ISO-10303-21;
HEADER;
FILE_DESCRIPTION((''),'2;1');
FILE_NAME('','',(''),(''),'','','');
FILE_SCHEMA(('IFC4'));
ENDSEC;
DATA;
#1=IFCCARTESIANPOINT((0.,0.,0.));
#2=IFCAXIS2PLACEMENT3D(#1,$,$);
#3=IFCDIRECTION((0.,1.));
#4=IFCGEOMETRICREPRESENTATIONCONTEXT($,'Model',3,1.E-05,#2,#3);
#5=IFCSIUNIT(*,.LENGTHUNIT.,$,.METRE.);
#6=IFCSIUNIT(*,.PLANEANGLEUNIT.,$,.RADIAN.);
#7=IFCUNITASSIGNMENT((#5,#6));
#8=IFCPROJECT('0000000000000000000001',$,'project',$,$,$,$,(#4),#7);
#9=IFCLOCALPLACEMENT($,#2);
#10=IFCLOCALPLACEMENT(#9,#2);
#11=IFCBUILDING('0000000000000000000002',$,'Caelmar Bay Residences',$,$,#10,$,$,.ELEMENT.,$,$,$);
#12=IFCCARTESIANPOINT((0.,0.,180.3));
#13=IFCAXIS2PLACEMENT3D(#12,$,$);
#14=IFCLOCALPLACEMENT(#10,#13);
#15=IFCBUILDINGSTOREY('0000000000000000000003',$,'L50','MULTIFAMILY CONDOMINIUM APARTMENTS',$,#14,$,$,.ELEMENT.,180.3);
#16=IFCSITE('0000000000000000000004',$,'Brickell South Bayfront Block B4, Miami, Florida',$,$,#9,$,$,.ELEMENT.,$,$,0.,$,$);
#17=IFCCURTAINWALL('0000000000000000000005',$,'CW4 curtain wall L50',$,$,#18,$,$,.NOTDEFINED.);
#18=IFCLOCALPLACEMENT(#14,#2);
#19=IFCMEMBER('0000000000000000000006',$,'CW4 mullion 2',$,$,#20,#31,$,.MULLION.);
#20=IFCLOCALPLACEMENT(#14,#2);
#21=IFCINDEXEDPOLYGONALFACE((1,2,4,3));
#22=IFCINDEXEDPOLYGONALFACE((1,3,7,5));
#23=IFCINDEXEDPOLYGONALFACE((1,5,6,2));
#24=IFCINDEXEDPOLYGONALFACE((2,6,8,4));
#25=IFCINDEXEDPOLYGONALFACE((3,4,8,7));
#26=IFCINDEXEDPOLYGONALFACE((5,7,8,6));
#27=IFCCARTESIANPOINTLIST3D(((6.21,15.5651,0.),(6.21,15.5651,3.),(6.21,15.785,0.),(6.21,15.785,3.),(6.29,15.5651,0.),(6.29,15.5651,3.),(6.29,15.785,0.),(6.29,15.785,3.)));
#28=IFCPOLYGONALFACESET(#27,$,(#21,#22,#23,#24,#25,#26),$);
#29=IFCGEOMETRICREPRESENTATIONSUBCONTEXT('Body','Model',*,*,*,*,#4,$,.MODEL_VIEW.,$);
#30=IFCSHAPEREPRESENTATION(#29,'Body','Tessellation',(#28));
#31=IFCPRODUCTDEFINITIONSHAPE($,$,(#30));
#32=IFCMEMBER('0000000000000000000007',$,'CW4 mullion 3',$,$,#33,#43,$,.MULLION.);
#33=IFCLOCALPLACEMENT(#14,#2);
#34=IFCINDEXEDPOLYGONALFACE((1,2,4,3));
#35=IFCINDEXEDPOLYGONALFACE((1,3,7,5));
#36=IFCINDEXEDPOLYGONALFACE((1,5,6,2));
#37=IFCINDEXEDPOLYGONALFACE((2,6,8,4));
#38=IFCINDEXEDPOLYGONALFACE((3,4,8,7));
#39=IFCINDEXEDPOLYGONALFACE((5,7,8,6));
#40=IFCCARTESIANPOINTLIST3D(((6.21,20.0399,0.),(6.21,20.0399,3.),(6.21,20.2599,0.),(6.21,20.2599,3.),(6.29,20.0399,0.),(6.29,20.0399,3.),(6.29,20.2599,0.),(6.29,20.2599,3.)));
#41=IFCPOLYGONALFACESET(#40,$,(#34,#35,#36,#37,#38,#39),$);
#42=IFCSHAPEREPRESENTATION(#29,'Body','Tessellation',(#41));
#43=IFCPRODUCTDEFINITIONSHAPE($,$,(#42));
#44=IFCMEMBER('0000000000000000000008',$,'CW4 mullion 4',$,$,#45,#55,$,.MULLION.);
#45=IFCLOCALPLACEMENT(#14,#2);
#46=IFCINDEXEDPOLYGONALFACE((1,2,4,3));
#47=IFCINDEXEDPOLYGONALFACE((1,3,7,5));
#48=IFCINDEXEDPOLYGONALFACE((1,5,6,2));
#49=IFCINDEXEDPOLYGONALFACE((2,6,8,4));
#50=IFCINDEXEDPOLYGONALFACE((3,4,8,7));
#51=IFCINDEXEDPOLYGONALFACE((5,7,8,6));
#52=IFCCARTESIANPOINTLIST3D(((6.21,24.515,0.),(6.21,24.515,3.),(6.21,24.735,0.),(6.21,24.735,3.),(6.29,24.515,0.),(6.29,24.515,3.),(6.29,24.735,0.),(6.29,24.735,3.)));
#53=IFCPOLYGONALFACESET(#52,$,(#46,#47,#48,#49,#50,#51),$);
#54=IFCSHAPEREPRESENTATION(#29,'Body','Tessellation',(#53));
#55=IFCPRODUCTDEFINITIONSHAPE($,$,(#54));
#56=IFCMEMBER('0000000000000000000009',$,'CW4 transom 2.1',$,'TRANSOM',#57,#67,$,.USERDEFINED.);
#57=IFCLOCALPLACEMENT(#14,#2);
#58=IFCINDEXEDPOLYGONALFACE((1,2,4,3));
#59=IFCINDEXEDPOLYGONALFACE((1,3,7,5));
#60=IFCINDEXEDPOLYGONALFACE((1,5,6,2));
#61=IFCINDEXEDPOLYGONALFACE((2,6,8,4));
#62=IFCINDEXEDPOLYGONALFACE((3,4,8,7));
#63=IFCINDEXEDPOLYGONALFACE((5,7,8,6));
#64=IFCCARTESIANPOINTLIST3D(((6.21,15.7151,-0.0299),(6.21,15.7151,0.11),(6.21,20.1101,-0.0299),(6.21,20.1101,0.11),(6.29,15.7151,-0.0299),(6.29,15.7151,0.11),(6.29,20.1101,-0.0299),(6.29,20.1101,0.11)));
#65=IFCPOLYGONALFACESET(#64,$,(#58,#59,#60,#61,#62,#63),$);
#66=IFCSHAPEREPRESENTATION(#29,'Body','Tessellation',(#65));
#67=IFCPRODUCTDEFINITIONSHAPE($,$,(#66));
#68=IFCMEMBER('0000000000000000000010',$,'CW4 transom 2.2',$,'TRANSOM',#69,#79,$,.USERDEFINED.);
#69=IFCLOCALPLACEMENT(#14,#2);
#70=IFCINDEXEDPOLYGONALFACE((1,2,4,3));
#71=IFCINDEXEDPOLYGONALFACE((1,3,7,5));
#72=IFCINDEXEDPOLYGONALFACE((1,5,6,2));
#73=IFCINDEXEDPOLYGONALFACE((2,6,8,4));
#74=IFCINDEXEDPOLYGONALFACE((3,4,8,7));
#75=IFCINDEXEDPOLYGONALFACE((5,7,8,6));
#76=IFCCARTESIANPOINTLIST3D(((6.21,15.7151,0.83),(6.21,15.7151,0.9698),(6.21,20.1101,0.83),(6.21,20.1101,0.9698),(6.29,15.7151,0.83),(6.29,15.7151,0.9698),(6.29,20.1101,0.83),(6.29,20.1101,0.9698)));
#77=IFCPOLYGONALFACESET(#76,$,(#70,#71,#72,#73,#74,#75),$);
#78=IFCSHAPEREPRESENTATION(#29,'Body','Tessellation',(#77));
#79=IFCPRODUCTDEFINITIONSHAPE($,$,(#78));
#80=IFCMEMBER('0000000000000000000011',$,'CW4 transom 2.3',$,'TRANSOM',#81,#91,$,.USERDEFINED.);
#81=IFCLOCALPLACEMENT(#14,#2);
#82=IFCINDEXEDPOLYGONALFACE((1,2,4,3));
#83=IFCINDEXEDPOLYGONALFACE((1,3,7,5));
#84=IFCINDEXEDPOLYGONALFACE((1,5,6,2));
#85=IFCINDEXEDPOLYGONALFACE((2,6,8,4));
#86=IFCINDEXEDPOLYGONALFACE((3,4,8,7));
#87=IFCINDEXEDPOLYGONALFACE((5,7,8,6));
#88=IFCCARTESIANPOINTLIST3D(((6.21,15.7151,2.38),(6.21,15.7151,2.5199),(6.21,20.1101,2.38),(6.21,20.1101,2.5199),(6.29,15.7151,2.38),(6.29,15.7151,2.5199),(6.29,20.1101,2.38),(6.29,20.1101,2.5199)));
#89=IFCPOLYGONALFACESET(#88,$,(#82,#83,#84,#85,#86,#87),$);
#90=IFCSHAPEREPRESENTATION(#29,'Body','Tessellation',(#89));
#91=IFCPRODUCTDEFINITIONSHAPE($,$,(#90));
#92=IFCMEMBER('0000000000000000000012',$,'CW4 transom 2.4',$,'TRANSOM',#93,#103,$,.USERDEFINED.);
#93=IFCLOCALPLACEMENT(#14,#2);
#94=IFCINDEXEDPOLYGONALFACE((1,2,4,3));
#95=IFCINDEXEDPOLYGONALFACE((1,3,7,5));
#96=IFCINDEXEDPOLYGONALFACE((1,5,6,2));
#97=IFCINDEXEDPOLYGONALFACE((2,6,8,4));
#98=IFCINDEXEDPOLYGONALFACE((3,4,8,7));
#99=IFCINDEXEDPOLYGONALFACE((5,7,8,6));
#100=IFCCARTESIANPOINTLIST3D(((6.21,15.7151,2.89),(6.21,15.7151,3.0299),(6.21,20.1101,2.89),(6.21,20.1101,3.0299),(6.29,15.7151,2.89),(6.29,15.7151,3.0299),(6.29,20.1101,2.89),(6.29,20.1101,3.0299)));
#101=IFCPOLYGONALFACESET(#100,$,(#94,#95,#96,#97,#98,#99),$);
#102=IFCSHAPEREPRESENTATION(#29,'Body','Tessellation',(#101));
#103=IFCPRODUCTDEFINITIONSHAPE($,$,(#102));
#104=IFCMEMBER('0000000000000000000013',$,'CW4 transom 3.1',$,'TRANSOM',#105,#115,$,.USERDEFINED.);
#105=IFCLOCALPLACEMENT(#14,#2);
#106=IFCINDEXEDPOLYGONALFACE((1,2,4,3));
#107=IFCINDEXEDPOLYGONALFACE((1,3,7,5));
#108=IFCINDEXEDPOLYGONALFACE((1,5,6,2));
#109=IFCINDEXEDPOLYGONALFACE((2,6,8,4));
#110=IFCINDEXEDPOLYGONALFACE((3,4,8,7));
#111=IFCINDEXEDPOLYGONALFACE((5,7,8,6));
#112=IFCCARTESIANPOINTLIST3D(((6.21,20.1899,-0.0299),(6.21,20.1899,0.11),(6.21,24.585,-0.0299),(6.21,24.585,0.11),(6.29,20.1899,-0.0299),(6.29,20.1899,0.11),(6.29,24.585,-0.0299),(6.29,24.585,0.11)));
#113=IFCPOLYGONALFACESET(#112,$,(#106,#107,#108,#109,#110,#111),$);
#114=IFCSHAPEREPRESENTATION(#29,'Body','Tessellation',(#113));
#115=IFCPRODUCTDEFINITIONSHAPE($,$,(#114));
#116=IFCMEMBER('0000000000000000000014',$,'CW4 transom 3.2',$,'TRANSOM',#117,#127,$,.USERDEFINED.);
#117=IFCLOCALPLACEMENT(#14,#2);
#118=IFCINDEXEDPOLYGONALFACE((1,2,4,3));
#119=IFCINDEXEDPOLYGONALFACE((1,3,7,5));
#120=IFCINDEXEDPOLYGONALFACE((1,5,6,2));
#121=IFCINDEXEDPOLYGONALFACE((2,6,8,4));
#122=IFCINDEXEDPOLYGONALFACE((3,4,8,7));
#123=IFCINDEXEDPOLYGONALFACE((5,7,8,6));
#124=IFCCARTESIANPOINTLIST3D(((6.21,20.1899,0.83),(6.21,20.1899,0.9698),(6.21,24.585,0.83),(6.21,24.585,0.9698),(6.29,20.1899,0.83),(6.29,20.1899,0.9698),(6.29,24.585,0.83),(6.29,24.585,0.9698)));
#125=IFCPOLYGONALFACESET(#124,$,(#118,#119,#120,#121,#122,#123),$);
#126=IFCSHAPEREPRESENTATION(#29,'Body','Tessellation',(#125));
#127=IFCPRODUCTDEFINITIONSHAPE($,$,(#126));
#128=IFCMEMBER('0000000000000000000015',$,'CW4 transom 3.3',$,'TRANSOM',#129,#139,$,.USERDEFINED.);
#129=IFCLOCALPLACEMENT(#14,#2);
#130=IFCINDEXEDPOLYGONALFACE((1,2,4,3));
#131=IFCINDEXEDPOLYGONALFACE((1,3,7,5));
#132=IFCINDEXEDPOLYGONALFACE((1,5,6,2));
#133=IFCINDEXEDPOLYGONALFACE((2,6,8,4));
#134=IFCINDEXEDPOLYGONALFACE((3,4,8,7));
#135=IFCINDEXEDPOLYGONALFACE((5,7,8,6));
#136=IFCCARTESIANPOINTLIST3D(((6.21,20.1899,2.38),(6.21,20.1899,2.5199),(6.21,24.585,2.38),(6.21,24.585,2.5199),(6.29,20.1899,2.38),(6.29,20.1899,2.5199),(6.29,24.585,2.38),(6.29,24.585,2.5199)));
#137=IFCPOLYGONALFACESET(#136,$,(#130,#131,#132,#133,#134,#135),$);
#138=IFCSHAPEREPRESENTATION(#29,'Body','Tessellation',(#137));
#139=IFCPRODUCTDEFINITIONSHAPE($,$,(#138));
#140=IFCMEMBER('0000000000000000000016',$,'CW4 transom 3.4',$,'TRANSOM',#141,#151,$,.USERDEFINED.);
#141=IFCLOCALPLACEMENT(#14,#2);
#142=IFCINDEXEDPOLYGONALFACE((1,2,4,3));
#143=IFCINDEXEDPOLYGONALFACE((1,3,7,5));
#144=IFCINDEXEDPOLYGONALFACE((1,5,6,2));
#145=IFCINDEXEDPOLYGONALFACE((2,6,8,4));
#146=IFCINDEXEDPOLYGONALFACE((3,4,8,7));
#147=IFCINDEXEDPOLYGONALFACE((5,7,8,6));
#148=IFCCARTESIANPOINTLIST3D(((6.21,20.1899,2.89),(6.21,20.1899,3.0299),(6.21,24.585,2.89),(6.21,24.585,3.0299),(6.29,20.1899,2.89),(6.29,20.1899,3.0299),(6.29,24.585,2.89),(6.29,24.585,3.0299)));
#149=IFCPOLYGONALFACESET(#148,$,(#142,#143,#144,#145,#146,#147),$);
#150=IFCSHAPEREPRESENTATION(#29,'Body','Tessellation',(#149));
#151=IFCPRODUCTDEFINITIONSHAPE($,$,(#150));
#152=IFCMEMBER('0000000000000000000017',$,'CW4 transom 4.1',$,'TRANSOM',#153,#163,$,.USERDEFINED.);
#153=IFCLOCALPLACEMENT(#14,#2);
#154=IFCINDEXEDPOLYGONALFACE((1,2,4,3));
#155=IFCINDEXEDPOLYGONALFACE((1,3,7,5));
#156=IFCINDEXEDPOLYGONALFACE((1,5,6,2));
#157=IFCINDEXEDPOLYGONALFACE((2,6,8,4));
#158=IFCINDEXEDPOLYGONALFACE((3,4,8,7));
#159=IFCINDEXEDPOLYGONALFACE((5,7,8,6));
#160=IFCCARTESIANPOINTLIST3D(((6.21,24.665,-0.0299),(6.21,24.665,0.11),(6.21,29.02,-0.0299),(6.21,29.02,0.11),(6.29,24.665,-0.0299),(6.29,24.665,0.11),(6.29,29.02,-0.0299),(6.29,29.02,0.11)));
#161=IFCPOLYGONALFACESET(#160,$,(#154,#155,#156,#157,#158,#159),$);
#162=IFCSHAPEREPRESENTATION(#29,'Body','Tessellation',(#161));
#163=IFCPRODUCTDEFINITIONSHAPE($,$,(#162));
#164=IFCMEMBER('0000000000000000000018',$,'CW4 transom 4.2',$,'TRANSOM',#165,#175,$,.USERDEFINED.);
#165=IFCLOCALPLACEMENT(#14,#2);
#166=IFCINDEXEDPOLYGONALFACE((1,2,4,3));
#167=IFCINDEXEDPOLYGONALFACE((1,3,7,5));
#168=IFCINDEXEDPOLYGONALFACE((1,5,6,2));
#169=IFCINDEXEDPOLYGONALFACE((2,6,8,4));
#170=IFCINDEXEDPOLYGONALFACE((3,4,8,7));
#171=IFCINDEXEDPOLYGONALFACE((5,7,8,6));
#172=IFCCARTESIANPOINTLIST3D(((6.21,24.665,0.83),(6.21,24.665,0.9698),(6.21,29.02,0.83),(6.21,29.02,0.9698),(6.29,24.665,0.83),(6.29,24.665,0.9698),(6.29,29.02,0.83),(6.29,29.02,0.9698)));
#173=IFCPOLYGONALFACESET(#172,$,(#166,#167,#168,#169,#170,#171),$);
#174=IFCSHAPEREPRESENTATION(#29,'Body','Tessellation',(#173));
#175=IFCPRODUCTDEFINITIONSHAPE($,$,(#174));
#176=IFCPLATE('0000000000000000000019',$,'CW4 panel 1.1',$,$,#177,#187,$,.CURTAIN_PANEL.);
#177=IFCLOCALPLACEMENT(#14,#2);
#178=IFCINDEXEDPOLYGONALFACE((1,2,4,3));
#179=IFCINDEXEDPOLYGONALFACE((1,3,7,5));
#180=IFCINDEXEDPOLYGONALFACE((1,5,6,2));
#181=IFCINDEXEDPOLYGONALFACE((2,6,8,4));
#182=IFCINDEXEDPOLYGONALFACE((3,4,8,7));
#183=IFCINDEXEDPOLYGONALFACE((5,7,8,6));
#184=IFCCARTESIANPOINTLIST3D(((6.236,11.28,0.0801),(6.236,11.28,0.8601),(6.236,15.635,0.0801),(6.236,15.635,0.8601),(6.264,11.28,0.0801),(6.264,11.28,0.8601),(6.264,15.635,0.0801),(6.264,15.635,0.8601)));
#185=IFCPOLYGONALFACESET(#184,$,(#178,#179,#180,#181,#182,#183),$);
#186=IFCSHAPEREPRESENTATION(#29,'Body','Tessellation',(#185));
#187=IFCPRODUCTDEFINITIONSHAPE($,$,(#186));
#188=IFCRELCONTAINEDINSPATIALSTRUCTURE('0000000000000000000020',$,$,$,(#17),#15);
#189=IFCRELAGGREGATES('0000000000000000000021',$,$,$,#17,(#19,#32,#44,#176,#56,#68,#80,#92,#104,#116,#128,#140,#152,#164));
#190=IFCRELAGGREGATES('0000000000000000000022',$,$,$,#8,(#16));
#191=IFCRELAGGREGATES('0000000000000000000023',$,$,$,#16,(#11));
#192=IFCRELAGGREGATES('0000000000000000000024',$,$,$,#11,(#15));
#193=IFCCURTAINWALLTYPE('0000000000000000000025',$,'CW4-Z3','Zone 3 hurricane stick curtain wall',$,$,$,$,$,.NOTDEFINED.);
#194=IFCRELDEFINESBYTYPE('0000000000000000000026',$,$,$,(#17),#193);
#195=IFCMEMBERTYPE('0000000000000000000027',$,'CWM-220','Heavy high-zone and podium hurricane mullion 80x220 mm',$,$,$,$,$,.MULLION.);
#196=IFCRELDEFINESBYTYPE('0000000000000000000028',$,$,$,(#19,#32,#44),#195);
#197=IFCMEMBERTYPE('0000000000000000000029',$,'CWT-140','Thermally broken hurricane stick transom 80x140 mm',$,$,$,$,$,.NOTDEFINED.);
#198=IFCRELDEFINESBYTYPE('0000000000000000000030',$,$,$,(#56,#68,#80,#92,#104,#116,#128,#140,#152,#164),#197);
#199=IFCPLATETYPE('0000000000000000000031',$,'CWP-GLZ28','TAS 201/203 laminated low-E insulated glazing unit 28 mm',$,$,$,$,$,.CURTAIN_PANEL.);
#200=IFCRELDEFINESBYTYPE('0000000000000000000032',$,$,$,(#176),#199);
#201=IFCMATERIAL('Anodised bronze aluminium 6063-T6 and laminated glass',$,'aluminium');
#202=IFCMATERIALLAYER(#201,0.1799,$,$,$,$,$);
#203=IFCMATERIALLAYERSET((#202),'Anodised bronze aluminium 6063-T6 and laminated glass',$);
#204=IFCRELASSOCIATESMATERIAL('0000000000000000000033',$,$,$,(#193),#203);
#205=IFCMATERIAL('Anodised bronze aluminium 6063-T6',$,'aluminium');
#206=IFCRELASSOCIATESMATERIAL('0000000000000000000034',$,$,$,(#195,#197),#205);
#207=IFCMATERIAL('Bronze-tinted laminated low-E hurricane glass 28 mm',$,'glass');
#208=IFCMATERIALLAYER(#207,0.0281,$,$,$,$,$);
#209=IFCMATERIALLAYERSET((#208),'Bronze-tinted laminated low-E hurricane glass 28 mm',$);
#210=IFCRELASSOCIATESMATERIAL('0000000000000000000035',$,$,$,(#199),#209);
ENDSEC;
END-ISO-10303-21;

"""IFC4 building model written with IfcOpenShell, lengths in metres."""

from ifc_helpers import new_model, si_unit, direction, frame, origin, origin_2d, place, context, subcontext, project, spatial, rectangle, extrude, material, layer, layer_set, material_profile, profile_set, type_object, element, aggregate, save


model = new_model("IFC4")

# Units and contexts
model_context = context("Model", 3, precision=1e-05, world=origin(), true_north=direction((0.0, 1.0)))
body_context = subcontext(model_context, "Body", "Model", "MODEL_VIEW")
ifc_project = project(units=[si_unit("LENGTHUNIT", "METRE"), si_unit("PLANEANGLEUNIT", "RADIAN")], contexts=[model_context])

# Site, building, storey
site_placement = place(None, origin())
site = spatial("IfcSite", under=ifc_project, at=site_placement, Name="Brickell South Bayfront Block B4, Miami, Florida", CompositionType="ELEMENT", RefElevation=0.0)
building_placement = place(site_placement, origin())
building = spatial("IfcBuilding", under=site, at=building_placement, Name="Caelmar Bay Residences", CompositionType="ELEMENT")
storey_placement = place(building_placement, frame((0.0, 0.0, 180.3)))
storey = spatial("IfcBuildingStorey", under=building, at=storey_placement, Name="L50", Description="MULTIFAMILY CONDOMINIUM APARTMENTS", CompositionType="ELEMENT", Elevation=180.3)

# Curtain wall, members, plate
ifc_material_1 = material(Name="Anodised bronze aluminium 6063-T6 and laminated glass", Category="aluminium")
ifc_layer_1 = layer(ifc_material_1, 0.1799)
ifc_layer_set_1 = layer_set([ifc_layer_1], Name="Anodised bronze aluminium 6063-T6 and laminated glass")
curtain_wall_type = type_object("IfcCurtainWallType", Name="CW4-Z3", Description="Zone 3 hurricane stick curtain wall", PredefinedType="NOTDEFINED", material=ifc_layer_set_1)
curtain_wall_placement = place(storey_placement, origin())
curtain_wall = element("IfcCurtainWall", 1, at=curtain_wall_placement, inside=storey, type_object=curtain_wall_type, Name="CW4 curtain wall L50", PredefinedType="NOTDEFINED")
ifc_material_2 = material(Name="Anodised bronze aluminium 6063-T6", Category="aluminium")
ifc_material_profile_1 = material_profile(ifc_material_2, rectangle(XDim=0.0801, YDim=0.22, at=origin_2d()), Name="CWM-80X220")
ifc_profile_set_1 = profile_set([ifc_material_profile_1], Name="Anodised bronze aluminium 6063-T6")
member_type_1 = type_object("IfcMemberType", Name="CWM-220", Description="Heavy high-zone and podium hurricane mullion 80x220 mm", PredefinedType="MULLION", material=ifc_profile_set_1)
member_1_placement = place(storey_placement, frame((6.25, 15.675, 0.0), z_axis=(0.0, 0.0, 1.0), x_axis=(-1.0, 0.0, 0.0)))
member_1 = element("IfcMember", 2, at=member_1_placement, type_object=member_type_1, Name="CW4 mullion 2", PredefinedType="MULLION", context=body_context, shape_type="SweptSolid", body=[
    extrude(rectangle(XDim=0.0801, YDim=0.22, at=origin_2d()), origin(), (0.0, 0.0, 1.0), 3.0),
])
member_2_placement = place(storey_placement, frame((6.25, 20.1499, 0.0), z_axis=(0.0, 0.0, 1.0), x_axis=(-1.0, 0.0, 0.0)))
member_2 = element("IfcMember", 3, at=member_2_placement, type_object=member_type_1, Name="CW4 mullion 3", PredefinedType="MULLION", context=body_context, shape_type="SweptSolid", body=[
    extrude(rectangle(XDim=0.0801, YDim=0.22, at=origin_2d()), origin(), (0.0, 0.0, 1.0), 3.0),
])
member_3_placement = place(storey_placement, frame((6.25, 24.625, 0.0), z_axis=(0.0, 0.0, 1.0), x_axis=(-1.0, 0.0, 0.0)))
member_3 = element("IfcMember", 4, at=member_3_placement, type_object=member_type_1, Name="CW4 mullion 4", PredefinedType="MULLION", context=body_context, shape_type="SweptSolid", body=[
    extrude(rectangle(XDim=0.0801, YDim=0.22, at=origin_2d()), origin(), (0.0, 0.0, 1.0), 3.0),
])
ifc_material_profile_2 = material_profile(ifc_material_2, rectangle(XDim=0.0801, YDim=0.1399, at=origin_2d()), Name="CWT-80X140")
ifc_profile_set_2 = profile_set([ifc_material_profile_2], Name="Anodised bronze aluminium 6063-T6")
member_type_2 = type_object("IfcMemberType", Name="CWT-140", Description="Thermally broken hurricane stick transom 80x140 mm", PredefinedType="NOTDEFINED", material=ifc_profile_set_2)
member_4_placement = place(storey_placement, frame((6.25, 15.7151, 0.04), z_axis=(0.0, 1.0, 0.0), x_axis=(-1.0, 0.0, 0.0)))
member_4 = element("IfcMember", 5, at=member_4_placement, type_object=member_type_2, Name="CW4 transom 2.1", ObjectType="TRANSOM", PredefinedType="USERDEFINED", context=body_context, shape_type="SweptSolid", body=[
    extrude(rectangle(XDim=0.0801, YDim=0.1399, at=origin_2d()), origin(), (0.0, 0.0, 1.0), 4.395),
])
member_5_placement = place(storey_placement, frame((6.25, 15.7151, 0.8999), z_axis=(0.0, 1.0, 0.0), x_axis=(-1.0, 0.0, 0.0)))
member_5 = element("IfcMember", 6, at=member_5_placement, type_object=member_type_2, Name="CW4 transom 2.2", ObjectType="TRANSOM", PredefinedType="USERDEFINED", context=body_context, shape_type="SweptSolid", body=[
    extrude(rectangle(XDim=0.0801, YDim=0.1399, at=origin_2d()), origin(), (0.0, 0.0, 1.0), 4.395),
])
member_6_placement = place(storey_placement, frame((6.25, 15.7151, 2.45), z_axis=(0.0, 1.0, 0.0), x_axis=(-1.0, 0.0, 0.0)))
member_6 = element("IfcMember", 7, at=member_6_placement, type_object=member_type_2, Name="CW4 transom 2.3", ObjectType="TRANSOM", PredefinedType="USERDEFINED", context=body_context, shape_type="SweptSolid", body=[
    extrude(rectangle(XDim=0.0801, YDim=0.1399, at=origin_2d()), origin(), (0.0, 0.0, 1.0), 4.395),
])
member_7_placement = place(storey_placement, frame((6.25, 15.7151, 2.96), z_axis=(0.0, 1.0, 0.0), x_axis=(-1.0, 0.0, 0.0)))
member_7 = element("IfcMember", 8, at=member_7_placement, type_object=member_type_2, Name="CW4 transom 2.4", ObjectType="TRANSOM", PredefinedType="USERDEFINED", context=body_context, shape_type="SweptSolid", body=[
    extrude(rectangle(XDim=0.0801, YDim=0.1399, at=origin_2d()), origin(), (0.0, 0.0, 1.0), 4.395),
])
member_8_placement = place(storey_placement, frame((6.25, 20.1899, 0.04), z_axis=(0.0, 1.0, 0.0), x_axis=(-1.0, 0.0, 0.0)))
member_8 = element("IfcMember", 9, at=member_8_placement, type_object=member_type_2, Name="CW4 transom 3.1", ObjectType="TRANSOM", PredefinedType="USERDEFINED", context=body_context, shape_type="SweptSolid", body=[
    extrude(rectangle(XDim=0.0801, YDim=0.1399, at=origin_2d()), origin(), (0.0, 0.0, 1.0), 4.395),
])
member_9_placement = place(storey_placement, frame((6.25, 20.1899, 0.8999), z_axis=(0.0, 1.0, 0.0), x_axis=(-1.0, 0.0, 0.0)))
member_9 = element("IfcMember", 10, at=member_9_placement, type_object=member_type_2, Name="CW4 transom 3.2", ObjectType="TRANSOM", PredefinedType="USERDEFINED", context=body_context, shape_type="SweptSolid", body=[
    extrude(rectangle(XDim=0.0801, YDim=0.1399, at=origin_2d()), origin(), (0.0, 0.0, 1.0), 4.395),
])
member_10_placement = place(storey_placement, frame((6.25, 20.1899, 2.45), z_axis=(0.0, 1.0, 0.0), x_axis=(-1.0, 0.0, 0.0)))
member_10 = element("IfcMember", 11, at=member_10_placement, type_object=member_type_2, Name="CW4 transom 3.3", ObjectType="TRANSOM", PredefinedType="USERDEFINED", context=body_context, shape_type="SweptSolid", body=[
    extrude(rectangle(XDim=0.0801, YDim=0.1399, at=origin_2d()), origin(), (0.0, 0.0, 1.0), 4.395),
])
member_11_placement = place(storey_placement, frame((6.25, 20.1899, 2.96), z_axis=(0.0, 1.0, 0.0), x_axis=(-1.0, 0.0, 0.0)))
member_11 = element("IfcMember", 12, at=member_11_placement, type_object=member_type_2, Name="CW4 transom 3.4", ObjectType="TRANSOM", PredefinedType="USERDEFINED", context=body_context, shape_type="SweptSolid", body=[
    extrude(rectangle(XDim=0.0801, YDim=0.1399, at=origin_2d()), origin(), (0.0, 0.0, 1.0), 4.395),
])
member_12_placement = place(storey_placement, frame((6.25, 24.665, 0.04), z_axis=(0.0, 1.0, 0.0), x_axis=(-1.0, 0.0, 0.0)))
member_12 = element("IfcMember", 13, at=member_12_placement, type_object=member_type_2, Name="CW4 transom 4.1", ObjectType="TRANSOM", PredefinedType="USERDEFINED", context=body_context, shape_type="SweptSolid", body=[
    extrude(rectangle(XDim=0.0801, YDim=0.1399, at=origin_2d()), origin(), (0.0, 0.0, 1.0), 4.355),
])
member_13_placement = place(storey_placement, frame((6.25, 24.665, 0.8999), z_axis=(0.0, 1.0, 0.0), x_axis=(-1.0, 0.0, 0.0)))
member_13 = element("IfcMember", 14, at=member_13_placement, type_object=member_type_2, Name="CW4 transom 4.2", ObjectType="TRANSOM", PredefinedType="USERDEFINED", context=body_context, shape_type="SweptSolid", body=[
    extrude(rectangle(XDim=0.0801, YDim=0.1399, at=origin_2d()), origin(), (0.0, 0.0, 1.0), 4.355),
])
ifc_material_3 = material(Name="Bronze-tinted laminated low-E hurricane glass 28 mm", Category="glass")
ifc_layer_2 = layer(ifc_material_3, 0.0281)
ifc_layer_set_2 = layer_set([ifc_layer_2], Name="Bronze-tinted laminated low-E hurricane glass 28 mm")
plate_type = type_object("IfcPlateType", Name="CWP-GLZ28", Description="TAS 201/203 laminated low-E insulated glazing unit 28 mm", PredefinedType="CURTAIN_PANEL", material=ifc_layer_set_2)
plate_1_placement = place(storey_placement, frame((6.25, 13.4575, 0.0801), z_axis=(0.0, 0.0, 1.0), x_axis=(0.0, 1.0, 0.0)))
plate_1 = element("IfcPlate", 15, at=plate_1_placement, type_object=plate_type, Name="CW4 panel 1.1", PredefinedType="CURTAIN_PANEL", context=body_context, shape_type="SweptSolid", body=[
    extrude(rectangle(XDim=4.355, YDim=0.0281, at=origin_2d()), origin(), (0.0, 0.0, 1.0), 0.78),
])
aggregate(curtain_wall, [member_1, member_2, member_3, plate_1, member_4, member_5, member_6, member_7, member_8, member_9, member_10, member_11, member_12, member_13])

save(model, "model.ifc")
